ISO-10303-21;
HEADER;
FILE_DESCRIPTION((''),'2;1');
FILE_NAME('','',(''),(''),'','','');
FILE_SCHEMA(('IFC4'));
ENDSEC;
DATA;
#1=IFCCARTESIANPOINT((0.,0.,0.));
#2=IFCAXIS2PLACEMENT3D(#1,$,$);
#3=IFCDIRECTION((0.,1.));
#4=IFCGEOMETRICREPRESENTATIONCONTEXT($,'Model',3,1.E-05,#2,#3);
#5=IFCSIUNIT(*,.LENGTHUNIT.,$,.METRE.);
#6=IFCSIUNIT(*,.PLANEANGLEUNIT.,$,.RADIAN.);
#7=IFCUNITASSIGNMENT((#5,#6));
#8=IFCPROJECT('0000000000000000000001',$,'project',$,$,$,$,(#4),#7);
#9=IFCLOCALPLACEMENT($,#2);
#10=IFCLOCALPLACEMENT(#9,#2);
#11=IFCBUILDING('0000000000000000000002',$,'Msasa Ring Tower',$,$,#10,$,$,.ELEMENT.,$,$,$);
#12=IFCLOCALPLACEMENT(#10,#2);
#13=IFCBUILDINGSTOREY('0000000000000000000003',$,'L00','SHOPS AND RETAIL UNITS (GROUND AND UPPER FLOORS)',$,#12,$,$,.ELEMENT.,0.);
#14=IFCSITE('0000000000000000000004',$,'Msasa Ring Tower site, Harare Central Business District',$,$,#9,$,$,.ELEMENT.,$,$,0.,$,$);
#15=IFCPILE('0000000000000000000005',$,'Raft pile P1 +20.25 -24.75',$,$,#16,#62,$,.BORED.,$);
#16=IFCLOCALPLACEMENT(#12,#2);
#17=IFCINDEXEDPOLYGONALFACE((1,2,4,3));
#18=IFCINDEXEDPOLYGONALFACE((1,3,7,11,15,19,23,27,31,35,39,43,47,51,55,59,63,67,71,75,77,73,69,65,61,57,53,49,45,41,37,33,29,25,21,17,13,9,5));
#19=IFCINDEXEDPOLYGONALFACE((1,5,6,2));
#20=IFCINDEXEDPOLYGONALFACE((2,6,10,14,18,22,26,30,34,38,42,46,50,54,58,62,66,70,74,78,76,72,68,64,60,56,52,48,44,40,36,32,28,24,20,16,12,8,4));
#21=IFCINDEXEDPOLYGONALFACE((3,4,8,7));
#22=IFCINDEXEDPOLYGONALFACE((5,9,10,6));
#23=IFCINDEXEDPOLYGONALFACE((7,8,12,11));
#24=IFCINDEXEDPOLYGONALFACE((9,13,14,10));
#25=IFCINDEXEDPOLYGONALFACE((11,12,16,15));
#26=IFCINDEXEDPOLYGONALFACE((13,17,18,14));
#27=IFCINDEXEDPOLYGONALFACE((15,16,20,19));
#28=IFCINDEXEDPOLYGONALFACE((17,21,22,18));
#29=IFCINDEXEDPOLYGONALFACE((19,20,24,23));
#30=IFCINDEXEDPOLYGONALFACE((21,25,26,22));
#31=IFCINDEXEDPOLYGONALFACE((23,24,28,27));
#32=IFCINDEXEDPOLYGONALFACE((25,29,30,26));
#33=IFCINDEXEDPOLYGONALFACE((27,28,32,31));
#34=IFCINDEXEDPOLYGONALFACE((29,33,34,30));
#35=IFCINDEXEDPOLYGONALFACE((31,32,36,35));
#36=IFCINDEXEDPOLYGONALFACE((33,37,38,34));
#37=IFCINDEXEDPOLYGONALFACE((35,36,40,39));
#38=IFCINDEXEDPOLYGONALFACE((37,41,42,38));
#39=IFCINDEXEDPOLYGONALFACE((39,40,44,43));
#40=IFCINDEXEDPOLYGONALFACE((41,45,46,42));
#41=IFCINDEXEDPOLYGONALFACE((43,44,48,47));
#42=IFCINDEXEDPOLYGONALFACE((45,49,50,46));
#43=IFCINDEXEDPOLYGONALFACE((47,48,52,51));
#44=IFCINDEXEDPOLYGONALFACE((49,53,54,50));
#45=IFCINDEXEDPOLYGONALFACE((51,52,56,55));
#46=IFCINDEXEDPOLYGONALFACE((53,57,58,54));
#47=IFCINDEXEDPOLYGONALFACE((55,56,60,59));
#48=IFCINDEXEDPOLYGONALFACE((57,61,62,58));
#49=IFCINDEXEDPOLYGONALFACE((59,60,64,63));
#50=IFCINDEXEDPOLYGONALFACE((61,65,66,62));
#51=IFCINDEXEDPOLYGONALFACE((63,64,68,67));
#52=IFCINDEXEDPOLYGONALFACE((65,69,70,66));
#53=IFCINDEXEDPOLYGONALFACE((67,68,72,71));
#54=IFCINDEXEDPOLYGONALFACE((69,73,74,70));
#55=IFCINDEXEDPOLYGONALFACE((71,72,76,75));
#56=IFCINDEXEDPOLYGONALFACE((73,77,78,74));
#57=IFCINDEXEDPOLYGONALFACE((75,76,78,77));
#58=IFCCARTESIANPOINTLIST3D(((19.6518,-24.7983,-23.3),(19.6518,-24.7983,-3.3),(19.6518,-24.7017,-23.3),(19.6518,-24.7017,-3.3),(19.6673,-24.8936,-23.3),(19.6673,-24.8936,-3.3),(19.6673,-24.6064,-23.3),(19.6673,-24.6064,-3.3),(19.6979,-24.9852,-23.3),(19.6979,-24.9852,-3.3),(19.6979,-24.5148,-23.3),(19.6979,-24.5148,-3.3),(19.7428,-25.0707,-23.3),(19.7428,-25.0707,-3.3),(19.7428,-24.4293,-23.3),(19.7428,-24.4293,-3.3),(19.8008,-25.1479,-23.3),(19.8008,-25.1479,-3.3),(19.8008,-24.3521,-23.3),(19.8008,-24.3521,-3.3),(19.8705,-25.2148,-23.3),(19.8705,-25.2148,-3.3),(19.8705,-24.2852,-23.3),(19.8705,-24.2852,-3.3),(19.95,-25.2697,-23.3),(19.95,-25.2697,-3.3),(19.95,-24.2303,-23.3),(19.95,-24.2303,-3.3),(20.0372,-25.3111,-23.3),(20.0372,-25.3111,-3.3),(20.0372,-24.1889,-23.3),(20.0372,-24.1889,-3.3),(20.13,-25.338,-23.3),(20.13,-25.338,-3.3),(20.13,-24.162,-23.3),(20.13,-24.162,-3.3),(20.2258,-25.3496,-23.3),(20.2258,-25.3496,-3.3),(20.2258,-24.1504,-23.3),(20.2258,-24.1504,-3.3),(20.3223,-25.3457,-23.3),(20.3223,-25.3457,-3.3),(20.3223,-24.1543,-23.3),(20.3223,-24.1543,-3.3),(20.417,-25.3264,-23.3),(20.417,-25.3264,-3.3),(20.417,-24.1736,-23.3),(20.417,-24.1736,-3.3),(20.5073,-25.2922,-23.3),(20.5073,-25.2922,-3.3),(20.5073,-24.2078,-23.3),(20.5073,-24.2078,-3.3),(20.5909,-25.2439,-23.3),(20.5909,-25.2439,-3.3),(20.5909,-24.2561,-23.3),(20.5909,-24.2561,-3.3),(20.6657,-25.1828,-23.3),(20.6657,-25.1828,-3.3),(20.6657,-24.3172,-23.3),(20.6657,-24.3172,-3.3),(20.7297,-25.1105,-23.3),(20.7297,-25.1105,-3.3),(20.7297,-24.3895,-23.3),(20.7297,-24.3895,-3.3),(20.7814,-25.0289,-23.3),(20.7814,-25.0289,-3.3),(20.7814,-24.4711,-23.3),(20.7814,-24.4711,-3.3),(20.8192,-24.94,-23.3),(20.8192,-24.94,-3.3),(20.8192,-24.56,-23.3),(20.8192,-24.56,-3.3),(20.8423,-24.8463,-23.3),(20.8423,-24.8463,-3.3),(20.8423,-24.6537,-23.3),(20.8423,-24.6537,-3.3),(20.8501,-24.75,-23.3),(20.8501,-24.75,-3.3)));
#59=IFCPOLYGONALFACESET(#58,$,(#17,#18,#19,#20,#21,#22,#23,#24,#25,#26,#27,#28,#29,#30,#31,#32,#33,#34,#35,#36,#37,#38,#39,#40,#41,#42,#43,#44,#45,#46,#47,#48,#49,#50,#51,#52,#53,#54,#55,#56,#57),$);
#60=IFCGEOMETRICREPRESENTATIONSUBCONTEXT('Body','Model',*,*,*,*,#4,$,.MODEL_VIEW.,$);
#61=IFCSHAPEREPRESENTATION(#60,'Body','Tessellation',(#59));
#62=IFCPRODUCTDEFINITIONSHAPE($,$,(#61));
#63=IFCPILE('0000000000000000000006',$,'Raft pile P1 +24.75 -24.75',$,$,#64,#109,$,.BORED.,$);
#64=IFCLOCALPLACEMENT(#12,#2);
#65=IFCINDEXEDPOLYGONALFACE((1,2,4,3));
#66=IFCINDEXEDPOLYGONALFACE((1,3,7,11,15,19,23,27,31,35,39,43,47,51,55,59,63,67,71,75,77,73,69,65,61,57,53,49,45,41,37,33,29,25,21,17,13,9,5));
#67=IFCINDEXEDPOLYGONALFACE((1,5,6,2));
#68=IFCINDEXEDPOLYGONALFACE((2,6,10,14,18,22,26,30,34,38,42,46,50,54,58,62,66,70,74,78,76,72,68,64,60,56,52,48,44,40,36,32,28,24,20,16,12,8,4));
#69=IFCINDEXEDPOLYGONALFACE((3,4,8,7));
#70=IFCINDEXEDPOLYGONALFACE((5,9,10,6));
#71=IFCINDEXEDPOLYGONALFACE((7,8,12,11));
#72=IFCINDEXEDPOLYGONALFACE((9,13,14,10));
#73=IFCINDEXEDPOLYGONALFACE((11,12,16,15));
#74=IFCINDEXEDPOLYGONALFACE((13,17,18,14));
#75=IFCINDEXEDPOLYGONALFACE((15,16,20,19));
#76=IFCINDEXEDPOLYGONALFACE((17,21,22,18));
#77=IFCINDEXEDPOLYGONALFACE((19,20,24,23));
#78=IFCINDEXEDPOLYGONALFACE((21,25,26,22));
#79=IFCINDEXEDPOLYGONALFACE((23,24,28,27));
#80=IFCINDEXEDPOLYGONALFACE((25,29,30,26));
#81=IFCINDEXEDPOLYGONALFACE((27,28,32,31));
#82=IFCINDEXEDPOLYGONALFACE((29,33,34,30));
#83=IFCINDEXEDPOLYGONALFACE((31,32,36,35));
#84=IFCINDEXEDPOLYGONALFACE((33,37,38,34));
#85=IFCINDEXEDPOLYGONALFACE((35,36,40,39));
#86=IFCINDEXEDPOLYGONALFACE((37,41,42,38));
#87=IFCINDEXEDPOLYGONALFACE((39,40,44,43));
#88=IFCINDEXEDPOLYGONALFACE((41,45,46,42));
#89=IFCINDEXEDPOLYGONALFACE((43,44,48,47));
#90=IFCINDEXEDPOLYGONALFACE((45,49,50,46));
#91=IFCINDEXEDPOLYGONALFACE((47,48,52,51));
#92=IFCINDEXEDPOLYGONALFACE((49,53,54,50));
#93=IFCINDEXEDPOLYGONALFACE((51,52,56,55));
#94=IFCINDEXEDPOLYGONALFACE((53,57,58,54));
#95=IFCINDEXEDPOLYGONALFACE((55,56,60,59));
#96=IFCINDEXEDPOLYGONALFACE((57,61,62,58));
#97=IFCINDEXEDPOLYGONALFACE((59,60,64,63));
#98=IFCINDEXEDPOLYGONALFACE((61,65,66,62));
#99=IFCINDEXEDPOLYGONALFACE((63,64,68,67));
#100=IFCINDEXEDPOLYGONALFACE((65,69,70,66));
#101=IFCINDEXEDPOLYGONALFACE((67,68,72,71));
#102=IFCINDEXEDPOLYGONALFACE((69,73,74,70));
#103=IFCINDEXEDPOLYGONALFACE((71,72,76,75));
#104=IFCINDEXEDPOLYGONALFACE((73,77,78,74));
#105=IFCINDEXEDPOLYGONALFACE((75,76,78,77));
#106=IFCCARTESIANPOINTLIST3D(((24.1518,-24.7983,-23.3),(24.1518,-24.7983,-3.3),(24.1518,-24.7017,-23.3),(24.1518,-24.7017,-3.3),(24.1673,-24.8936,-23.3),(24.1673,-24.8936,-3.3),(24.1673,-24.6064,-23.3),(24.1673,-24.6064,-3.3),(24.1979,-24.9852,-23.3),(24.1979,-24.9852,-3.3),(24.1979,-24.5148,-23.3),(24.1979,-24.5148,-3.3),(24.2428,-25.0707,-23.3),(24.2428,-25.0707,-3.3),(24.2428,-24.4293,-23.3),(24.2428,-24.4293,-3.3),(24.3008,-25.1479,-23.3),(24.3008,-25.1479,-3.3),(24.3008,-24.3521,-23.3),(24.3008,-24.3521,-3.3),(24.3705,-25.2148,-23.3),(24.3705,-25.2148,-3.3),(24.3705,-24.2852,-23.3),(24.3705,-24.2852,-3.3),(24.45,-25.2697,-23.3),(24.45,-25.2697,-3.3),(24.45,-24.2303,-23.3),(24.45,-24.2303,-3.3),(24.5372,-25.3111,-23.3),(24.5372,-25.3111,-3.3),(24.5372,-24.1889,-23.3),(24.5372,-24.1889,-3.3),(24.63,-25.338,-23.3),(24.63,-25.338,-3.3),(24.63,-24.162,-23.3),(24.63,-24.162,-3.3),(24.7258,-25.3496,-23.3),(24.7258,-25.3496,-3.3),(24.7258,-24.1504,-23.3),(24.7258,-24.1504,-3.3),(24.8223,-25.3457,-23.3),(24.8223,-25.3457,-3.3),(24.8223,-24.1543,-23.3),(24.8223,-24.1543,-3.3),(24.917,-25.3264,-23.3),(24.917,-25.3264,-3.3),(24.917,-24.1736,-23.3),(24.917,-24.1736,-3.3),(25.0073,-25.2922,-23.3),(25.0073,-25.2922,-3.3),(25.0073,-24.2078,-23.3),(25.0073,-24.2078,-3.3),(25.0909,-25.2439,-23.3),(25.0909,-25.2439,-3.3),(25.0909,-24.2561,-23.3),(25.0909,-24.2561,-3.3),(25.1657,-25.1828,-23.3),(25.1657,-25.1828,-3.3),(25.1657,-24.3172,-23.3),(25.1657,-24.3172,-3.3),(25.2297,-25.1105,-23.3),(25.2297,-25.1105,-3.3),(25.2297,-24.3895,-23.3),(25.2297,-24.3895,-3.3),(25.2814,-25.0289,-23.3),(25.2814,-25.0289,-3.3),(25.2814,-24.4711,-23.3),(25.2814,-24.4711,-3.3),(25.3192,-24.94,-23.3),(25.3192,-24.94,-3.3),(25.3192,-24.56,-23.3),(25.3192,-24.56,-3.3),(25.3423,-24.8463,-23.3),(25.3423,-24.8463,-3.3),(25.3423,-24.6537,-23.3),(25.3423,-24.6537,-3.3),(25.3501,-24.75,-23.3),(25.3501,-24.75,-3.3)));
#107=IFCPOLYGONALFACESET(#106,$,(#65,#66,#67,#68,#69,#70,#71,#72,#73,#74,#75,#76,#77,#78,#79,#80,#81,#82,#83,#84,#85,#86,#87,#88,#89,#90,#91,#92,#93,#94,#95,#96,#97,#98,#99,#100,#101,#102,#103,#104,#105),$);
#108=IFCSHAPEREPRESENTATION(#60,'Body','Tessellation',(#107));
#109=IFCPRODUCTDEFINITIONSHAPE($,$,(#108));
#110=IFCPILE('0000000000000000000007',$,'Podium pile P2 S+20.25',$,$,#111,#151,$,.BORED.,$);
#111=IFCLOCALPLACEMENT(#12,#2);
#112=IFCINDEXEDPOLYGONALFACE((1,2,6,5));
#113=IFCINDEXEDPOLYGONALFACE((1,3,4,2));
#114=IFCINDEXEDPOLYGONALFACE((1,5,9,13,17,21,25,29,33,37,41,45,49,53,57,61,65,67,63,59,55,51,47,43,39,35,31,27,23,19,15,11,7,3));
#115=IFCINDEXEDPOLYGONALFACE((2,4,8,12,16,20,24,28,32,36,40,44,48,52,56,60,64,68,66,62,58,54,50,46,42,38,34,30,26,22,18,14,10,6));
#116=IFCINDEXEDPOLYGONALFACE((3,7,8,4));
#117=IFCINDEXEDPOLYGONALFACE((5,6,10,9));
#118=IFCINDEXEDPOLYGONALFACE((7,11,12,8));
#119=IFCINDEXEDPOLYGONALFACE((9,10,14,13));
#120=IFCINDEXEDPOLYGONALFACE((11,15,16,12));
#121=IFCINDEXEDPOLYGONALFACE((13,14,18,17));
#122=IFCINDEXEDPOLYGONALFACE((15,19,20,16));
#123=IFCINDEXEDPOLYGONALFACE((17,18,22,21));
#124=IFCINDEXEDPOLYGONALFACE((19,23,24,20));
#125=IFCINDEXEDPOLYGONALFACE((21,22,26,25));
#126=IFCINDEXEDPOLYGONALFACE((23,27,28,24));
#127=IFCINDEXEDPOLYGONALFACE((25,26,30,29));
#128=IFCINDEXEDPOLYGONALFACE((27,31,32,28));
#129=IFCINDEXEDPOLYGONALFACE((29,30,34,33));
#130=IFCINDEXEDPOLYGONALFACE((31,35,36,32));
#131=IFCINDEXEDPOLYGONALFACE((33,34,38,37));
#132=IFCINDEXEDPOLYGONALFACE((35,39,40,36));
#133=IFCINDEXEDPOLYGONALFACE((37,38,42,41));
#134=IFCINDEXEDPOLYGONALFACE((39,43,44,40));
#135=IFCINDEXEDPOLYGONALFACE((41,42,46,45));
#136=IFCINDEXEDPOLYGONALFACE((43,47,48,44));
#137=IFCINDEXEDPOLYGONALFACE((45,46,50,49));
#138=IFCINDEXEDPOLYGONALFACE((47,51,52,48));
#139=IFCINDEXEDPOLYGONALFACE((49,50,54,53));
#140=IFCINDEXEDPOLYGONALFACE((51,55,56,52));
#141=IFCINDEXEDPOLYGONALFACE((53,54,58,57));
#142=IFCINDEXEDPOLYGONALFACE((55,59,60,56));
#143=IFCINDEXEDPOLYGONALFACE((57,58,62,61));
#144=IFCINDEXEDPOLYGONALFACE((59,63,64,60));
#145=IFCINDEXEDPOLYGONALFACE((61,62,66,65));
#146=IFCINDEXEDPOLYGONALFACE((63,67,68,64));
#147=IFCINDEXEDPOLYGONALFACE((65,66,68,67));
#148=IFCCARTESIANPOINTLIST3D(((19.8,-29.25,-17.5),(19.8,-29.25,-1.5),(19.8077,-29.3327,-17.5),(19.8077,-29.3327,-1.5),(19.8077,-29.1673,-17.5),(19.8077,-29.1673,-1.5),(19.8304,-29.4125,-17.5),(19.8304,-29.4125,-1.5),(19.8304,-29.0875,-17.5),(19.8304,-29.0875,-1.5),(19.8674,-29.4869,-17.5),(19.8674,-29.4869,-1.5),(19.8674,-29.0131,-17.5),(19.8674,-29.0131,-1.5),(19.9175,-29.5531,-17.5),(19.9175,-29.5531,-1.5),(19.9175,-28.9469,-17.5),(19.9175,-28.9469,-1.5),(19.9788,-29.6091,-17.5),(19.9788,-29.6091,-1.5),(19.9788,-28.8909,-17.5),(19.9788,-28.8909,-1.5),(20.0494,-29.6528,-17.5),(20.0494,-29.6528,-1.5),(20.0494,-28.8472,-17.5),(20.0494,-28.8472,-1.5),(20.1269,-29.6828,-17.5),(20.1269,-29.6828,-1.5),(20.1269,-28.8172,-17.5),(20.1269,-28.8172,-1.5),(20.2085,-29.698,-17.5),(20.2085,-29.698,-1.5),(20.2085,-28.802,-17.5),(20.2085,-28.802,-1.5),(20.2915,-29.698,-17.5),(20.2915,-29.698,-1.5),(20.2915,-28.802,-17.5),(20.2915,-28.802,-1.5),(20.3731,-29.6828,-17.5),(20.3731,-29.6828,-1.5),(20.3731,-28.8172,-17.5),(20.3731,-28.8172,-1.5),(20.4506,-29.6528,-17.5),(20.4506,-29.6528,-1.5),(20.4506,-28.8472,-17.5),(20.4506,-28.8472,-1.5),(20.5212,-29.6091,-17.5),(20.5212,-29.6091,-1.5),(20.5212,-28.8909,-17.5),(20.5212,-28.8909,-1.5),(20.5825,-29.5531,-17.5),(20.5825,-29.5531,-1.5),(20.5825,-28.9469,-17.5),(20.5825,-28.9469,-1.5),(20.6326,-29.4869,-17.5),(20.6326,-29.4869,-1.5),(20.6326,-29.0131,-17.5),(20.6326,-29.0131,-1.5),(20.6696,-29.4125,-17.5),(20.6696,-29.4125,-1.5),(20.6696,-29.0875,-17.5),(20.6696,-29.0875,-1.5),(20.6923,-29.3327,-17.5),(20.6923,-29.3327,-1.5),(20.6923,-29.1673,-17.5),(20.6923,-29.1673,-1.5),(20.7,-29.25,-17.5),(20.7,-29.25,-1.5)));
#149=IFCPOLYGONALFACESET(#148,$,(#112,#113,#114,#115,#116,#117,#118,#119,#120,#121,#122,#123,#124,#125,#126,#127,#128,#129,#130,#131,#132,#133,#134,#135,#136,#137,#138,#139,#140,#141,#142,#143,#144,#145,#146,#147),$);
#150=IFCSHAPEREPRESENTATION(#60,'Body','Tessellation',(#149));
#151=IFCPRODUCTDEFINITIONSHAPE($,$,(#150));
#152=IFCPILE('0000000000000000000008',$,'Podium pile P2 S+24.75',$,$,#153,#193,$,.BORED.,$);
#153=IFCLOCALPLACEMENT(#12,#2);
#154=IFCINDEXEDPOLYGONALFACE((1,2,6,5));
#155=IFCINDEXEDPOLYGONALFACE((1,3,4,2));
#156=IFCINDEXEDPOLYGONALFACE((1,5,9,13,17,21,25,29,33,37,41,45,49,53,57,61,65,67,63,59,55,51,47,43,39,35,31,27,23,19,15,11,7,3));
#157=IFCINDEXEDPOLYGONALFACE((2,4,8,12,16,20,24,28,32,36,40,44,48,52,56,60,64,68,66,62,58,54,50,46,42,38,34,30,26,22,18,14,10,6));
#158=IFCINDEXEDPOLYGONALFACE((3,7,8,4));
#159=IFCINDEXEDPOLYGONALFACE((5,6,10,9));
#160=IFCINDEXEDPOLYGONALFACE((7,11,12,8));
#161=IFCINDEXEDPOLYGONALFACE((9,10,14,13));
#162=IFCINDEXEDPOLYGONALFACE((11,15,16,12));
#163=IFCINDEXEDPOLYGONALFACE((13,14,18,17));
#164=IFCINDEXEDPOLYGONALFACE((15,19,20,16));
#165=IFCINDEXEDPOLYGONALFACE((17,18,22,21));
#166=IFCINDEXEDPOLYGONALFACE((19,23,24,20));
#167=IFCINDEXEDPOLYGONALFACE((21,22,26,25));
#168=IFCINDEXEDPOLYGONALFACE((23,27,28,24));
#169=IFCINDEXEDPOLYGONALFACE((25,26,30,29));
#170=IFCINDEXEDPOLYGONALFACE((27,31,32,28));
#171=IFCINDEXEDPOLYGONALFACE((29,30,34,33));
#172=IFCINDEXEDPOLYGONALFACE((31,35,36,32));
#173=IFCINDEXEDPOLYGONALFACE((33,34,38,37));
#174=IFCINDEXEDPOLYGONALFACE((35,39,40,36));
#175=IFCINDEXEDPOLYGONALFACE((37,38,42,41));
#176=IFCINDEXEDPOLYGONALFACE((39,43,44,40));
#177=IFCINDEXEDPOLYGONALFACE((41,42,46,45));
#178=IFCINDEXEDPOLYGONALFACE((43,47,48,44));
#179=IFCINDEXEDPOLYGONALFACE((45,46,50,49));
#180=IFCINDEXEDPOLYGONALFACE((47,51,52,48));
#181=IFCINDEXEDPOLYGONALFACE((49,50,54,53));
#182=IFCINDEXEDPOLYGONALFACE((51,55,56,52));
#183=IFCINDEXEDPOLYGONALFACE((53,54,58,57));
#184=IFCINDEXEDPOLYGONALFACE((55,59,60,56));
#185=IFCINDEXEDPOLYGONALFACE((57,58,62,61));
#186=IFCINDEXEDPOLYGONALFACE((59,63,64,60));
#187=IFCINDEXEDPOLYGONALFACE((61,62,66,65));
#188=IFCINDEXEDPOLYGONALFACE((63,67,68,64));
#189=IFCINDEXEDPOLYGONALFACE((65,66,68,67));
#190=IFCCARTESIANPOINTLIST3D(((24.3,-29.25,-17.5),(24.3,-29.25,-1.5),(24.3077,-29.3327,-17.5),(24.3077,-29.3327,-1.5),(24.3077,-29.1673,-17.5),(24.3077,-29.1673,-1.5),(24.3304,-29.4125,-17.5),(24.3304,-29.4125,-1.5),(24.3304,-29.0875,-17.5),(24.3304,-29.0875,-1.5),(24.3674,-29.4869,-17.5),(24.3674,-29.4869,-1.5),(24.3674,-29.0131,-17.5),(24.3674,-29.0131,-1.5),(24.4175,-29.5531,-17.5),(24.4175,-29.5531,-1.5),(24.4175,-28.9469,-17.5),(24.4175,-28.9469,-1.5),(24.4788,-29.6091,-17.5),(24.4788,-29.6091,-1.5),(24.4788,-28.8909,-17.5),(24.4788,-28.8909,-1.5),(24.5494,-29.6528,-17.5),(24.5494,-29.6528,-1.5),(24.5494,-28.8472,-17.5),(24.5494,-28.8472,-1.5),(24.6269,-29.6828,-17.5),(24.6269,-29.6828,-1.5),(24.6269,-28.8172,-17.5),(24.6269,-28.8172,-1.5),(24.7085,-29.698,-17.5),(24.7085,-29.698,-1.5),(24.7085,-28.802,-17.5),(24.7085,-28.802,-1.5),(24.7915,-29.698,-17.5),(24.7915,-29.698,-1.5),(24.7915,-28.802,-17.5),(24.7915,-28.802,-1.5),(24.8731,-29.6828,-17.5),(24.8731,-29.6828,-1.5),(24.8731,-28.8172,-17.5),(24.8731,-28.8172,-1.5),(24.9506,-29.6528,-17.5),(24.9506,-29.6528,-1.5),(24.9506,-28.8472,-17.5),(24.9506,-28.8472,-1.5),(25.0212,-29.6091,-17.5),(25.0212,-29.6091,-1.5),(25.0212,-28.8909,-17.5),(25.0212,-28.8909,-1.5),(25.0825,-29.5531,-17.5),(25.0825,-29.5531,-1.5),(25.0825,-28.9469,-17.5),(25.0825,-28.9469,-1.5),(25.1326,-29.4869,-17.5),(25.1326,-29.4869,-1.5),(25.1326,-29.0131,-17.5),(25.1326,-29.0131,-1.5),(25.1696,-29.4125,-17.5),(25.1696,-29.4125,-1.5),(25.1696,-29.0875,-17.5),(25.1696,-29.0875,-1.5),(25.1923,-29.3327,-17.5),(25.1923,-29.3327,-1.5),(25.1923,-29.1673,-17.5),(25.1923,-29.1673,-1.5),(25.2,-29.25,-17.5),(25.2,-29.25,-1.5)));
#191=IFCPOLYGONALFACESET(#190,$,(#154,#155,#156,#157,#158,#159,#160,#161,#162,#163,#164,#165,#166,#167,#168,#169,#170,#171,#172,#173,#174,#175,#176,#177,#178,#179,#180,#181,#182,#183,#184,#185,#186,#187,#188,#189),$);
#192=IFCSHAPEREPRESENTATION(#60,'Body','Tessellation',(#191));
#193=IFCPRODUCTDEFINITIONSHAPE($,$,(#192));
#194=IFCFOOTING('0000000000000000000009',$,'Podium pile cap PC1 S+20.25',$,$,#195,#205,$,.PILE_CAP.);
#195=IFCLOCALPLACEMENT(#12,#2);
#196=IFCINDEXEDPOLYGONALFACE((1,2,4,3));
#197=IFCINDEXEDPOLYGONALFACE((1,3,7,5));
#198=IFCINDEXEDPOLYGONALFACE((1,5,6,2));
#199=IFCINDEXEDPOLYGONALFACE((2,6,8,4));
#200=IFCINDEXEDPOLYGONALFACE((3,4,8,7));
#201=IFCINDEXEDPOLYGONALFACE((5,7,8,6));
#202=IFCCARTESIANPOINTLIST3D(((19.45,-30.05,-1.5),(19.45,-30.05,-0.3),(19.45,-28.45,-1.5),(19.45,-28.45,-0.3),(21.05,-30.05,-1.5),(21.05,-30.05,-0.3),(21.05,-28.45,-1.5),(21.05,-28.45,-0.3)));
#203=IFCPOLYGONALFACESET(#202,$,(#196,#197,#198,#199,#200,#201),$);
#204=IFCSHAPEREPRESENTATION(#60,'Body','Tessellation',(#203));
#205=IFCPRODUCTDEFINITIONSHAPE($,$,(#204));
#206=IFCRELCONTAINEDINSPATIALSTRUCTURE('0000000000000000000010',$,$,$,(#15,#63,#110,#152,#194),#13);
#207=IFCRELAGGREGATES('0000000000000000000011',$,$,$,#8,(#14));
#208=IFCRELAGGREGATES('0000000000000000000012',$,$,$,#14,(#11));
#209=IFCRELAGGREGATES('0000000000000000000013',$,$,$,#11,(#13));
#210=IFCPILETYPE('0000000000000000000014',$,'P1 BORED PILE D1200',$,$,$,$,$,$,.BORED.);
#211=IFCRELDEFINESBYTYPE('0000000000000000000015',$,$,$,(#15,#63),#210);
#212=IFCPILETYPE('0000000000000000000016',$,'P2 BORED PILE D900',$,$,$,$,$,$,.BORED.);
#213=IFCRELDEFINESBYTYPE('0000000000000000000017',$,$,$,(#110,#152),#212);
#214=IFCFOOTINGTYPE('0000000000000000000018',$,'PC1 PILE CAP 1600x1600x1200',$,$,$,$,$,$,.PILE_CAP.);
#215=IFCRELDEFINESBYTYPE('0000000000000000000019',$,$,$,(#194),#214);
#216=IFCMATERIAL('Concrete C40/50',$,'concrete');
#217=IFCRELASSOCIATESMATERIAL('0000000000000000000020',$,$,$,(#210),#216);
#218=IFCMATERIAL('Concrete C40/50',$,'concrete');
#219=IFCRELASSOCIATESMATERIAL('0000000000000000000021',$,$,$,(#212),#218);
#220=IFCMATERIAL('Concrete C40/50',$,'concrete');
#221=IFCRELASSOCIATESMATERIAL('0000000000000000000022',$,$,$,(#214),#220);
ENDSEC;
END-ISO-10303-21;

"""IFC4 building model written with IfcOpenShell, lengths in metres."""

from ifc_helpers import new_model, si_unit, direction, frame, origin, origin_2d, place, context, subcontext, project, spatial, rectangle, circle, extrude, material, material_profile, profile_set, type_object, element, save


model = new_model("IFC4")

# Units and contexts
model_context = context("Model", 3, precision=1e-05, world=origin(), true_north=direction((0.0, 1.0)))
body_context = subcontext(model_context, "Body", "Model", "MODEL_VIEW")
ifc_project = project(units=[si_unit("LENGTHUNIT", "METRE"), si_unit("PLANEANGLEUNIT", "RADIAN")], contexts=[model_context])

# Site, building, storey
site_placement = place(None, origin())
site = spatial("IfcSite", under=ifc_project, at=site_placement, Name="Msasa Ring Tower site, Harare Central Business District", CompositionType="ELEMENT", RefElevation=0.0)
building_placement = place(site_placement, origin())
building = spatial("IfcBuilding", under=site, at=building_placement, Name="Msasa Ring Tower", CompositionType="ELEMENT")
storey_placement = place(building_placement, origin())
storey = spatial("IfcBuildingStorey", under=building, at=storey_placement, Name="L00", Description="SHOPS AND RETAIL UNITS (GROUND AND UPPER FLOORS)", CompositionType="ELEMENT", Elevation=0.0)

# Piles
ifc_material_1 = material(Name="Concrete C40/50", Category="concrete")
ifc_material_profile_1 = material_profile(ifc_material_1, circle(Radius=0.6001, at=origin_2d()), Name="D1200")
ifc_profile_set_1 = profile_set([ifc_material_profile_1], Name="Concrete C40/50")
pile_type_1 = type_object("IfcPileType", Name="P1 BORED PILE D1200", PredefinedType="BORED", material=ifc_profile_set_1)
for number, where, z_axis, x_axis, name in (
    (1, (20.25, -24.75, -3.3), (0.0, 0.0, -1.0), (1.0, 0.0, 0.0), "Raft pile P1 +20.25 -24.75"),
    (2, (24.75, -24.75, -3.3), (0.0, 0.0, -1.0), (1.0, 0.0, 0.0), "Raft pile P1 +24.75 -24.75"),
):
    element("IfcPile", number, at=place(storey_placement, frame(where, z_axis=z_axis, x_axis=x_axis)), inside=storey, type_object=pile_type_1, Name=name, PredefinedType="BORED", context=body_context, shape_type="SweptSolid", body=[
        extrude(circle(Radius=0.6001, at=origin_2d()), origin(), (0.0, 0.0, 1.0), 20.0),
    ])
ifc_material_2 = material(Name="Concrete C40/50", Category="concrete")
ifc_material_profile_2 = material_profile(ifc_material_2, circle(Radius=0.45, at=origin_2d()), Name="D900")
ifc_profile_set_2 = profile_set([ifc_material_profile_2], Name="Concrete C40/50")
pile_type_2 = type_object("IfcPileType", Name="P2 BORED PILE D900", PredefinedType="BORED", material=ifc_profile_set_2)
for number, where, z_axis, x_axis, name in (
    (3, (20.25, -29.25, -1.5), (0.0, 0.0, -1.0), (1.0, 0.0, 0.0), "Podium pile P2 S+20.25"),
    (4, (24.75, -29.25, -1.5), (0.0, 0.0, -1.0), (1.0, 0.0, 0.0), "Podium pile P2 S+24.75"),
):
    element("IfcPile", number, at=place(storey_placement, frame(where, z_axis=z_axis, x_axis=x_axis)), inside=storey, type_object=pile_type_2, Name=name, PredefinedType="BORED", context=body_context, shape_type="SweptSolid", body=[
        extrude(circle(Radius=0.45, at=origin_2d()), origin(), (0.0, 0.0, 1.0), 16.0),
    ])

# Footing
ifc_material_3 = material(Name="Concrete C40/50", Category="concrete")
footing_type = type_object("IfcFootingType", Name="PC1 PILE CAP 1600x1600x1200", PredefinedType="PILE_CAP", material=ifc_material_3)
for number, where, z_axis, x_axis, name in (
    (5, (20.25, -29.25, -1.5), (0.0, 0.0, 1.0), (1.0, 0.0, 0.0), "Podium pile cap PC1 S+20.25"),
):
    element("IfcFooting", number, at=place(storey_placement, frame(where, z_axis=z_axis, x_axis=x_axis)), inside=storey, type_object=footing_type, Name=name, PredefinedType="PILE_CAP", context=body_context, shape_type="SweptSolid", body=[
        extrude(rectangle(XDim=1.6001, YDim=1.6001, at=origin_2d()), origin(), (0.0, 0.0, 1.0), 1.2),
    ])

save(model, "model.ifc")
